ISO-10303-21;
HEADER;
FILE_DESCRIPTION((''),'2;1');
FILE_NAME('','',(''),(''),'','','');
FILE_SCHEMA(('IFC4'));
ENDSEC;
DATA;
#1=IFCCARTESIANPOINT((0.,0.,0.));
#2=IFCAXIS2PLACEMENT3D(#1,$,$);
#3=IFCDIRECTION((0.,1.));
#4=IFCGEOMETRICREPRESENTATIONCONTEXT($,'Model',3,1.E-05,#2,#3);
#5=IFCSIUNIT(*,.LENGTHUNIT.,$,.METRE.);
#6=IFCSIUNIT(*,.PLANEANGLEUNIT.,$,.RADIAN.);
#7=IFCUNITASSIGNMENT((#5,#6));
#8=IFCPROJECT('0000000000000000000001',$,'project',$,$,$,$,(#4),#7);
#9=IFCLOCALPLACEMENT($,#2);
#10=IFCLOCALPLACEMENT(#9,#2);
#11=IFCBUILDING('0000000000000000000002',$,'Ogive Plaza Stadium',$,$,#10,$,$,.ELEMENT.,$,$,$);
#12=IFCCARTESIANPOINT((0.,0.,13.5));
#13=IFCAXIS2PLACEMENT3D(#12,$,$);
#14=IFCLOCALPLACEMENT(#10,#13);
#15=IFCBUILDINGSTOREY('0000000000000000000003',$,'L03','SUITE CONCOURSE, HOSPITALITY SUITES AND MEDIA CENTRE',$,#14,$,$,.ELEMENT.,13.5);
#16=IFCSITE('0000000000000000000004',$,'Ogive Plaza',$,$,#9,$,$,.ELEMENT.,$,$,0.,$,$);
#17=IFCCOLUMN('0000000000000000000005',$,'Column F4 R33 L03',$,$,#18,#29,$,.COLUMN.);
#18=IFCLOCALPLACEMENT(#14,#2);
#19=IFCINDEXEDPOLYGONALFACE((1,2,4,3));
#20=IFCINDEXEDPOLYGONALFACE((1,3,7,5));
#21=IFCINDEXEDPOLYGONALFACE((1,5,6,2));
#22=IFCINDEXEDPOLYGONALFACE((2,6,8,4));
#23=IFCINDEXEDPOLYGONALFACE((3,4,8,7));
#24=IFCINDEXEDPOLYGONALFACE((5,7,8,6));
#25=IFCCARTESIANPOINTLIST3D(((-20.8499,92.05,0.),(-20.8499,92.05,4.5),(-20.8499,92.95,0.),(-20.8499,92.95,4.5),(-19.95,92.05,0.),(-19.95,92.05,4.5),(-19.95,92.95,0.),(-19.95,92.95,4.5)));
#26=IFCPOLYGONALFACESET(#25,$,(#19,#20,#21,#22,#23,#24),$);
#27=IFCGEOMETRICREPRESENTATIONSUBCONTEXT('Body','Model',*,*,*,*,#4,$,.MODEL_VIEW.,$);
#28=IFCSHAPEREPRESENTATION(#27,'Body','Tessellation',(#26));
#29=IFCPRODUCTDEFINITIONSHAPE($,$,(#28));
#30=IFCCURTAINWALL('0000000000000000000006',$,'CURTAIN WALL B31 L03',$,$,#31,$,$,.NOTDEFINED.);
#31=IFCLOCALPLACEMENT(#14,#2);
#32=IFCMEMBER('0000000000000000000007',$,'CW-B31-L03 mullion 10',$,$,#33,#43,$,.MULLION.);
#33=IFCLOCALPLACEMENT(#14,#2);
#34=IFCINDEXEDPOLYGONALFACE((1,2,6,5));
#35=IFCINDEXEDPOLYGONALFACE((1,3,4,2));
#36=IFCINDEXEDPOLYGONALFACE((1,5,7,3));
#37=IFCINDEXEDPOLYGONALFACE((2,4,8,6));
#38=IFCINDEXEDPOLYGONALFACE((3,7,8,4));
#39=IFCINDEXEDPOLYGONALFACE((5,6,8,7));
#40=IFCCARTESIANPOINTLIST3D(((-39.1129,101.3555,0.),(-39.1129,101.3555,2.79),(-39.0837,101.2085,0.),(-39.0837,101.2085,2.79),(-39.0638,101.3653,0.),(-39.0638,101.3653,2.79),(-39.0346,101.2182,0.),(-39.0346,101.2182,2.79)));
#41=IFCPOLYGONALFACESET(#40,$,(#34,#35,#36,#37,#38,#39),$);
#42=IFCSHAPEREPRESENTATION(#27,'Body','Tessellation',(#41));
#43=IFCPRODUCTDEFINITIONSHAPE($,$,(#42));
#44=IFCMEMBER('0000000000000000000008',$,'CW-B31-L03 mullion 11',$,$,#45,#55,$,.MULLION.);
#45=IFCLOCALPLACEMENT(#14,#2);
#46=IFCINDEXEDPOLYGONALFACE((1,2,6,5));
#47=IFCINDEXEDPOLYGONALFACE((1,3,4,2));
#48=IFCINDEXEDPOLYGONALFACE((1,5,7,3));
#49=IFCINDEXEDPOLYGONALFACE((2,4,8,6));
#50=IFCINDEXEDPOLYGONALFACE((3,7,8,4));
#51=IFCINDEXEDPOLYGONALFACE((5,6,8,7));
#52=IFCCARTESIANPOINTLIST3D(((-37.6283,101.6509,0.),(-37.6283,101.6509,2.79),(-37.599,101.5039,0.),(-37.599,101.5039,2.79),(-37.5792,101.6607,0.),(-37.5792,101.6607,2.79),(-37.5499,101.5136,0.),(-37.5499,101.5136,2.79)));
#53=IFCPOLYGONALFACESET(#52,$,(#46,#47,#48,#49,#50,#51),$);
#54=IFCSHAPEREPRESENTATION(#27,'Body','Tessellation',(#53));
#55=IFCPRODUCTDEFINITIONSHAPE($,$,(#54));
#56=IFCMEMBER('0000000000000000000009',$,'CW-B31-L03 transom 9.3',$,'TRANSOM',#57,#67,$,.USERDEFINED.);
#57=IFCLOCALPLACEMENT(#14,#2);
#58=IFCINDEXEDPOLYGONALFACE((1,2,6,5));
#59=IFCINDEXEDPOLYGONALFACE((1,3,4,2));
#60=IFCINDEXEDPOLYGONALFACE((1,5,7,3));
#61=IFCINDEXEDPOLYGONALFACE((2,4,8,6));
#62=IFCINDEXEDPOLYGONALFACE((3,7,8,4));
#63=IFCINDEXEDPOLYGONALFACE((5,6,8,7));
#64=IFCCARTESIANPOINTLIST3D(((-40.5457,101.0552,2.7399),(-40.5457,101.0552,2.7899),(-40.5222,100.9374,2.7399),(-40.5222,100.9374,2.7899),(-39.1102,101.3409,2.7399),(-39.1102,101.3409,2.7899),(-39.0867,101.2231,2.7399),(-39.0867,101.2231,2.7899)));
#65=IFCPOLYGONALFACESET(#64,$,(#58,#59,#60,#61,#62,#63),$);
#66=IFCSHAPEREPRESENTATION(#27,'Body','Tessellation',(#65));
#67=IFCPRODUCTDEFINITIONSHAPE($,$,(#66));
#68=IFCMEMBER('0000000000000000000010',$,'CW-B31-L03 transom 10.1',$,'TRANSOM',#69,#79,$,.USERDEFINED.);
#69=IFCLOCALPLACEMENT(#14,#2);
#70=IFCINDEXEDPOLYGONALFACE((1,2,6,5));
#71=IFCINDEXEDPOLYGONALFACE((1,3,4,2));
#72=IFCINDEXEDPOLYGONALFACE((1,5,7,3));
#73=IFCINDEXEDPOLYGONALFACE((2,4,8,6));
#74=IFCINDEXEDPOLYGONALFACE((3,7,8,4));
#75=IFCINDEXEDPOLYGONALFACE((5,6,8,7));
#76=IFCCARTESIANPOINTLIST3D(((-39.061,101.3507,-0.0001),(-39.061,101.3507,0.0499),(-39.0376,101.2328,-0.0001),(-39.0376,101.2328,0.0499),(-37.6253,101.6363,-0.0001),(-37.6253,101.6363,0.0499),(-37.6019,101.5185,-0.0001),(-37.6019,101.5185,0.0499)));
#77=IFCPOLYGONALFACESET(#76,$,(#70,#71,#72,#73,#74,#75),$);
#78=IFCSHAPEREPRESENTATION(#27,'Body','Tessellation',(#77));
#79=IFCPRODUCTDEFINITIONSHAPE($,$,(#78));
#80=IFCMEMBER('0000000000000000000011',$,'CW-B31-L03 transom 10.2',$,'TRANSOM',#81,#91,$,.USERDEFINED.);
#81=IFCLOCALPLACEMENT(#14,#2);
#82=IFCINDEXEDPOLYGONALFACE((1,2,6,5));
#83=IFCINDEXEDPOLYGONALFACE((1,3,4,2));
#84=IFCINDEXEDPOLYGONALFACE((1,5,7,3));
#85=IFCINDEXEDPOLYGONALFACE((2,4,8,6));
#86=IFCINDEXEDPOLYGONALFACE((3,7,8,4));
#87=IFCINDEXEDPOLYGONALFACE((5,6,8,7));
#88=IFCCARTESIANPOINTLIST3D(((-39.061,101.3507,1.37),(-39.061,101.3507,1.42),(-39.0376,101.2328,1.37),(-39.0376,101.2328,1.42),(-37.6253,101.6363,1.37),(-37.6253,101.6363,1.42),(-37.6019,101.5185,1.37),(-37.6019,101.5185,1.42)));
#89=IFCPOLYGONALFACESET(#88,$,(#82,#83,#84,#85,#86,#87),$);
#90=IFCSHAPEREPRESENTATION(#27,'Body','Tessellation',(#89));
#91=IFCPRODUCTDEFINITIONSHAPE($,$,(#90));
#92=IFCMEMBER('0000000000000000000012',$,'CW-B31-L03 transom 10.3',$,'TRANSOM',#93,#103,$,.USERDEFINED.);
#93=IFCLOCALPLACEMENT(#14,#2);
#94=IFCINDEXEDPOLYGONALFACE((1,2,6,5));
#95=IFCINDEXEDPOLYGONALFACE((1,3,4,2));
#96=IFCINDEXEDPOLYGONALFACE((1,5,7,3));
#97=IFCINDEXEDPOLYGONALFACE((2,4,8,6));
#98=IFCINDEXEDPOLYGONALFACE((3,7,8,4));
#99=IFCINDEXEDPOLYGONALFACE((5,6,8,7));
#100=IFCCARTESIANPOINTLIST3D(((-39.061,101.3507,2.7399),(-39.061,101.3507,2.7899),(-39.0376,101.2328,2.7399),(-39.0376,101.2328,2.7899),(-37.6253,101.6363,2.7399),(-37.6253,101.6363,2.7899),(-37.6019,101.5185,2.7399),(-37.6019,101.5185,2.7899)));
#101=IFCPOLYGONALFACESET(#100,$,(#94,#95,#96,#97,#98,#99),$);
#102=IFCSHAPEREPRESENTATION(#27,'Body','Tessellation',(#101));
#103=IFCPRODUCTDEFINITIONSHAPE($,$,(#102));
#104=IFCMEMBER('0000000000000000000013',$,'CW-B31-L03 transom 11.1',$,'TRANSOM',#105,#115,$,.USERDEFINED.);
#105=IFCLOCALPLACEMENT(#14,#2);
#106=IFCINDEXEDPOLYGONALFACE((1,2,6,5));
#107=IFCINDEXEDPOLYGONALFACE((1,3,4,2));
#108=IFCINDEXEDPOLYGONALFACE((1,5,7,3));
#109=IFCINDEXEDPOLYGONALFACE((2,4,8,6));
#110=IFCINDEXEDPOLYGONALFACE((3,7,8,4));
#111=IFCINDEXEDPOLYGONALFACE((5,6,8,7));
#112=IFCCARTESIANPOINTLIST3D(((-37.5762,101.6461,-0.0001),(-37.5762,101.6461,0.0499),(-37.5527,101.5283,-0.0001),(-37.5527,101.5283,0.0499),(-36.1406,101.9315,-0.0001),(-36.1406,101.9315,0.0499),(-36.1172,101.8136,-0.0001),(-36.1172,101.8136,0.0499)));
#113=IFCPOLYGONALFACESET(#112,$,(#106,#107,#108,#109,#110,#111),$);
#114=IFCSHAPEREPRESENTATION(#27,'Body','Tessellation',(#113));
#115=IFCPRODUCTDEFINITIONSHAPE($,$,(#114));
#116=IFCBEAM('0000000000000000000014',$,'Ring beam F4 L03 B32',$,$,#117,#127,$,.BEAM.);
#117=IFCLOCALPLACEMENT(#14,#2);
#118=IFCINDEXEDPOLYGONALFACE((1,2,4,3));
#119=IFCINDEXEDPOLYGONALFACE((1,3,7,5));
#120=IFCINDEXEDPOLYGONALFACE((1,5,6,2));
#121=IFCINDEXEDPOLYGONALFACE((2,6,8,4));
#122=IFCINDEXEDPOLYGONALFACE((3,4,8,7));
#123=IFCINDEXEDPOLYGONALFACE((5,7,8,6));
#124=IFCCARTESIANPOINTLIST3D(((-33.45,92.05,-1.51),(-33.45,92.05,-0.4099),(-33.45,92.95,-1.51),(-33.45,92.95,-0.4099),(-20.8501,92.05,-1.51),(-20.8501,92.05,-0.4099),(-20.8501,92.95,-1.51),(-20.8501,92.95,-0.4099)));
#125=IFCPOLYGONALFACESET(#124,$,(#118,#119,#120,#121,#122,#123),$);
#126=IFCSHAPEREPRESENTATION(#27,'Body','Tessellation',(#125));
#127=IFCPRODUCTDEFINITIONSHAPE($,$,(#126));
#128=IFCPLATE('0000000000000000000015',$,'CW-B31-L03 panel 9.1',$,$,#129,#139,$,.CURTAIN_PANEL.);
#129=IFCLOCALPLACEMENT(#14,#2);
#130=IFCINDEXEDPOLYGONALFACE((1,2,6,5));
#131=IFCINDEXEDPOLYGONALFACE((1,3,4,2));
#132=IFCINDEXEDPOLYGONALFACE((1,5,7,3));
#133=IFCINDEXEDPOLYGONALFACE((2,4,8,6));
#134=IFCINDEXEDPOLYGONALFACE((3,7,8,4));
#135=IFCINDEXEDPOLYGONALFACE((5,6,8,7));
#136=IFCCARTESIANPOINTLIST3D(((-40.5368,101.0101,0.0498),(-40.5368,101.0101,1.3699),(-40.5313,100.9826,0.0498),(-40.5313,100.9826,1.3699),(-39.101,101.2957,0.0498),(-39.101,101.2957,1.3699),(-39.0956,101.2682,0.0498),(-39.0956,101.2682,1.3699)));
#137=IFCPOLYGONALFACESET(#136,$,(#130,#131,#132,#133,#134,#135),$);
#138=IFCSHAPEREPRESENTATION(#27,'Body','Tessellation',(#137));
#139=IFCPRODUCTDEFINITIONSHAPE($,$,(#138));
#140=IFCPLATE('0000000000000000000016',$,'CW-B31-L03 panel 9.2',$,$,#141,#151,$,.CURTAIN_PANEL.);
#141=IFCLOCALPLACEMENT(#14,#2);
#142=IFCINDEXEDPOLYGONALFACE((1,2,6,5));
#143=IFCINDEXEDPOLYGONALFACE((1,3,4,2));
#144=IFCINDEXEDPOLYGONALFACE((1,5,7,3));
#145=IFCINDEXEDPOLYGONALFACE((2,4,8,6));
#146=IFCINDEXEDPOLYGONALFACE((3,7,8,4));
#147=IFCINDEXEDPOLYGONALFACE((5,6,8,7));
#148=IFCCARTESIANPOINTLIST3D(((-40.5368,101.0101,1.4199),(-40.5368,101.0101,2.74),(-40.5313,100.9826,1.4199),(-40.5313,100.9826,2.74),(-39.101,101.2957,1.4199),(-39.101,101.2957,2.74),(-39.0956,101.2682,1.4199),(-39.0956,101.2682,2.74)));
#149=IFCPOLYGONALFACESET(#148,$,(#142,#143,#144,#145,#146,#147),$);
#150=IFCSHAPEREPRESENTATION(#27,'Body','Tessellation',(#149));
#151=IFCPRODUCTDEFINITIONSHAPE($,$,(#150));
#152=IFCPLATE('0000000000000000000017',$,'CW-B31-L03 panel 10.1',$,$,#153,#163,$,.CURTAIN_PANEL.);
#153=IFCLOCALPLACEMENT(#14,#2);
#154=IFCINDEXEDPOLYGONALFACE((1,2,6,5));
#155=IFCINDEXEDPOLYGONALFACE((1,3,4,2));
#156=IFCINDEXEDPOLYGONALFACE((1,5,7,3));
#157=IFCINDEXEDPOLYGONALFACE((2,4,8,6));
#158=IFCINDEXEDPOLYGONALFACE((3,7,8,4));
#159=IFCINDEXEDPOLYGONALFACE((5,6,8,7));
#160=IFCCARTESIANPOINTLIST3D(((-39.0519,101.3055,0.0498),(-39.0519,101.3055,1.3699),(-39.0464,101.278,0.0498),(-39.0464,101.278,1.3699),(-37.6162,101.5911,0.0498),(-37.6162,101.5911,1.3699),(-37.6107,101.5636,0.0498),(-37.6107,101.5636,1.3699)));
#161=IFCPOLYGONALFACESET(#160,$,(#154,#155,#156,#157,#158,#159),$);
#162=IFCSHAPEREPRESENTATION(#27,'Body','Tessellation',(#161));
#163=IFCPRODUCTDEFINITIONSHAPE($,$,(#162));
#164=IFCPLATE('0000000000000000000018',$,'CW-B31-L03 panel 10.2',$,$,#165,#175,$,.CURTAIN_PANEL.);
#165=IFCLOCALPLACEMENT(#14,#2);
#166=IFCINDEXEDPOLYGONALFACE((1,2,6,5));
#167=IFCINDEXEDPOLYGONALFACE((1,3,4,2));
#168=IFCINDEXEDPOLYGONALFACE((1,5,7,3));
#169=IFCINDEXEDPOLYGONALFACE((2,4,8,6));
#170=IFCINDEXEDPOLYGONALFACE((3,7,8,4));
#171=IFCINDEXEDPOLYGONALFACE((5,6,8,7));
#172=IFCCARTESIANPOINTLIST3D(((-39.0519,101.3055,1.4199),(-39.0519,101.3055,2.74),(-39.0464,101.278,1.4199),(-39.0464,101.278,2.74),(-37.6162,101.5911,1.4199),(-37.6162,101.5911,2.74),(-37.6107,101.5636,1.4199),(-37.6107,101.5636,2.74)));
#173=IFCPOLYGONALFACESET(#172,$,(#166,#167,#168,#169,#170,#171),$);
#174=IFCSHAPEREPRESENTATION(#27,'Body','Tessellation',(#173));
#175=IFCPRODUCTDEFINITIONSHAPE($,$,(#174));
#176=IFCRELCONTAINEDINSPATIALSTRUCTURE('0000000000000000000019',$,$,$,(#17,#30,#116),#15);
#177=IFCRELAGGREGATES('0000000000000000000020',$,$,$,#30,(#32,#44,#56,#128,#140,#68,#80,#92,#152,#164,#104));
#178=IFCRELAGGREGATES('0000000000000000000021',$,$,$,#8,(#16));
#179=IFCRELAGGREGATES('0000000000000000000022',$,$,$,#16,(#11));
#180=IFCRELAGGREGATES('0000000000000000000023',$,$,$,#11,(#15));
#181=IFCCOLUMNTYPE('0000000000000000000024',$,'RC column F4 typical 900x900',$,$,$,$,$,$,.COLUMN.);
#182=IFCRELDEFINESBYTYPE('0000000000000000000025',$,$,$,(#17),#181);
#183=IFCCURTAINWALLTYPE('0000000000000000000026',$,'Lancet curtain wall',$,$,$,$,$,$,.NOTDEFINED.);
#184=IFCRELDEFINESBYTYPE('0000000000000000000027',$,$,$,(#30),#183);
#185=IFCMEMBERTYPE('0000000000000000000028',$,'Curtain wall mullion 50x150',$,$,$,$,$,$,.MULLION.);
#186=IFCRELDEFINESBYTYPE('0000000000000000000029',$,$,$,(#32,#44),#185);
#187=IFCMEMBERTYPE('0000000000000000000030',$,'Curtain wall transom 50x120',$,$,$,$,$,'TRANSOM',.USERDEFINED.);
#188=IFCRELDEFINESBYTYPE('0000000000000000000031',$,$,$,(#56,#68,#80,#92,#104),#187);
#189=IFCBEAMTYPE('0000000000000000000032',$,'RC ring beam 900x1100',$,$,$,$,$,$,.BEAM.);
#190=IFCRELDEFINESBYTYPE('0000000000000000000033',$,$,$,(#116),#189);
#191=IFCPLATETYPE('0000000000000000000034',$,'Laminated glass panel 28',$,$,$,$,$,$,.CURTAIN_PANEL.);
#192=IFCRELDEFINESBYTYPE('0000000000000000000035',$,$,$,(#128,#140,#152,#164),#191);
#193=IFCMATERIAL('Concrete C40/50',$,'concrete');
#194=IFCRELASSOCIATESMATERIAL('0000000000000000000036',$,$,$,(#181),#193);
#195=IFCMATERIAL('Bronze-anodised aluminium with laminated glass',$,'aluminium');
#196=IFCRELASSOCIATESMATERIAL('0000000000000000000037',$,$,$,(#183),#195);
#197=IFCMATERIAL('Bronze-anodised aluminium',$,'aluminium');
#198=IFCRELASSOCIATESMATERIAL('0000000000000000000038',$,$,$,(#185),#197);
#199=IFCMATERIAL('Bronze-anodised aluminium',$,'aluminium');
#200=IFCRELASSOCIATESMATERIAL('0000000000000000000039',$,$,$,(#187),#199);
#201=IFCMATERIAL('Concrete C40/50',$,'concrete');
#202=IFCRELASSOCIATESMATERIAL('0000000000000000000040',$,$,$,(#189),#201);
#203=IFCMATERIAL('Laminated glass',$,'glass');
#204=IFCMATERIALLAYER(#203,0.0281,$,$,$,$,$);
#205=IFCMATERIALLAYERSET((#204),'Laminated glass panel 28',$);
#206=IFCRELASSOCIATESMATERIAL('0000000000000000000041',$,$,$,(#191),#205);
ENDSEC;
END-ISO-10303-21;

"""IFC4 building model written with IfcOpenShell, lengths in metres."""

from ifc_helpers import new_model, si_unit, direction, frame, origin, origin_2d, place, context, subcontext, project, spatial, rectangle, extrude, material, layer, layer_set, material_profile, profile_set, type_object, element, aggregate, save


model = new_model("IFC4")

# Units and contexts
model_context = context("Model", 3, precision=1e-05, world=origin(), true_north=direction((0.0, 1.0)))
body_context = subcontext(model_context, "Body", "Model", "MODEL_VIEW")
ifc_project = project(units=[si_unit("LENGTHUNIT", "METRE"), si_unit("PLANEANGLEUNIT", "RADIAN")], contexts=[model_context])

# Site, building, storey
site_placement = place(None, origin())
site = spatial("IfcSite", under=ifc_project, at=site_placement, Name="Ogive Plaza", CompositionType="ELEMENT", RefElevation=0.0)
building_placement = place(site_placement, origin())
building = spatial("IfcBuilding", under=site, at=building_placement, Name="Ogive Plaza Stadium", CompositionType="ELEMENT")
storey_placement = place(building_placement, frame((0.0, 0.0, 13.5)))
storey = spatial("IfcBuildingStorey", under=building, at=storey_placement, Name="L03", Description="SUITE CONCOURSE, HOSPITALITY SUITES AND MEDIA CENTRE", CompositionType="ELEMENT", Elevation=13.5)

# Column
ifc_material_1 = material(Name="Concrete C40/50", Category="concrete")
ifc_material_profile_1 = material_profile(ifc_material_1, rectangle(XDim=0.8999, YDim=0.8999, at=origin_2d()), Name="RC 900x900")
ifc_profile_set_1 = profile_set([ifc_material_profile_1], Name="Concrete C40/50")
column_type = type_object("IfcColumnType", Name="RC column F4 typical 900x900", PredefinedType="COLUMN", material=ifc_profile_set_1)
column_placement = place(storey_placement, frame((-20.3999, 92.5, 0.0), z_axis=(0.0, 0.0, 1.0), x_axis=(-1.0, 0.0, 0.0)))
element("IfcColumn", 1, at=column_placement, inside=storey, type_object=column_type, Name="Column F4 R33 L03", PredefinedType="COLUMN", context=body_context, shape_type="SweptSolid", body=[
    extrude(rectangle(XDim=0.8999, YDim=0.8999, at=origin_2d()), origin(), (0.0, 0.0, 1.0), 4.5),
])

# Curtain wall, members
ifc_material_2 = material(Name="Bronze-anodised aluminium with laminated glass", Category="aluminium")
curtain_wall_type = type_object("IfcCurtainWallType", Name="Lancet curtain wall", PredefinedType="NOTDEFINED", material=ifc_material_2)
curtain_wall_placement = place(storey_placement, origin())
curtain_wall = element("IfcCurtainWall", 2, at=curtain_wall_placement, inside=storey, type_object=curtain_wall_type, Name="CURTAIN WALL B31 L03", PredefinedType="NOTDEFINED")
ifc_material_3 = material(Name="Bronze-anodised aluminium", Category="aluminium")
ifc_material_profile_2 = material_profile(ifc_material_3, rectangle(XDim=0.1499, YDim=0.05, at=origin_2d()), Name="AL 150x50")
ifc_profile_set_2 = profile_set([ifc_material_profile_2], Name="Bronze-anodised aluminium")
member_type_1 = type_object("IfcMemberType", Name="Curtain wall mullion 50x150", PredefinedType="MULLION", material=ifc_profile_set_2)
member_1_placement = place(storey_placement, frame((-39.0737, 101.2869, 0.0), z_axis=(0.0, 0.0, 1.0), x_axis=(-0.19509, 0.980785, 0.0)))
member_1 = element("IfcMember", 3, at=member_1_placement, type_object=member_type_1, Name="CW-B31-L03 mullion 10", PredefinedType="MULLION", context=body_context, shape_type="SweptSolid", body=[
    extrude(rectangle(XDim=0.1499, YDim=0.05, at=origin_2d()), origin(), (0.0, 0.0, 1.0), 2.79),
])
member_2_placement = place(storey_placement, frame((-37.5891, 101.5823, 0.0), z_axis=(0.0, 0.0, 1.0), x_axis=(-0.19509, 0.980785, 0.0)))
member_2 = element("IfcMember", 4, at=member_2_placement, type_object=member_type_1, Name="CW-B31-L03 mullion 11", PredefinedType="MULLION", context=body_context, shape_type="SweptSolid", body=[
    extrude(rectangle(XDim=0.1499, YDim=0.05, at=origin_2d()), origin(), (0.0, 0.0, 1.0), 2.79),
])
ifc_material_4 = material(Name="Bronze-anodised aluminium", Category="aluminium")
ifc_material_profile_3 = material_profile(ifc_material_4, rectangle(XDim=0.1201, YDim=0.05, at=origin_2d()), Name="AL 120x50")
ifc_profile_set_3 = profile_set([ifc_material_profile_3], Name="Bronze-anodised aluminium")
member_type_2 = type_object("IfcMemberType", Name="Curtain wall transom 50x120", ElementType="TRANSOM", PredefinedType="USERDEFINED", material=ifc_profile_set_3)
member_3_placement = place(storey_placement, frame((-40.5339, 100.9963, 2.7649), z_axis=(0.980773, 0.195154, 0.0), x_axis=(-0.195154, 0.980773, 0.0)))
member_3 = element("IfcMember", 5, at=member_3_placement, type_object=member_type_2, Name="CW-B31-L03 transom 9.3", ObjectType="TRANSOM", PredefinedType="USERDEFINED", context=body_context, shape_type="SweptSolid", body=[
    extrude(rectangle(XDim=0.1201, YDim=0.05, at=origin_2d()), origin(), (0.0, 0.0, 1.0), 1.4636),
])
member_4_placement = place(storey_placement, frame((-39.0493, 101.2917, 0.0249), z_axis=(0.980779, 0.195122, 0.0), x_axis=(-0.195122, 0.980779, 0.0)))
member_4 = element("IfcMember", 6, at=member_4_placement, type_object=member_type_2, Name="CW-B31-L03 transom 10.1", ObjectType="TRANSOM", PredefinedType="USERDEFINED", context=body_context, shape_type="SweptSolid", body=[
    extrude(rectangle(XDim=0.1201, YDim=0.05, at=origin_2d()), origin(), (0.0, 0.0, 1.0), 1.4639),
])
member_5_placement = place(storey_placement, frame((-39.0493, 101.2917, 1.395), z_axis=(0.980779, 0.195122, 0.0), x_axis=(-0.195122, 0.980779, 0.0)))
member_5 = element("IfcMember", 7, at=member_5_placement, type_object=member_type_2, Name="CW-B31-L03 transom 10.2", ObjectType="TRANSOM", PredefinedType="USERDEFINED", context=body_context, shape_type="SweptSolid", body=[
    extrude(rectangle(XDim=0.1201, YDim=0.05, at=origin_2d()), origin(), (0.0, 0.0, 1.0), 1.4639),
])
member_6_placement = place(storey_placement, frame((-39.0493, 101.2917, 2.7649), z_axis=(0.980779, 0.195122, 0.0), x_axis=(-0.195122, 0.980779, 0.0)))
member_6 = element("IfcMember", 8, at=member_6_placement, type_object=member_type_2, Name="CW-B31-L03 transom 10.3", ObjectType="TRANSOM", PredefinedType="USERDEFINED", context=body_context, shape_type="SweptSolid", body=[
    extrude(rectangle(XDim=0.1201, YDim=0.05, at=origin_2d()), origin(), (0.0, 0.0, 1.0), 1.4639),
])
member_7_placement = place(storey_placement, frame((-37.5645, 101.5872, 0.0249), z_axis=(0.980805, 0.194993, 0.0), x_axis=(-0.194993, 0.980805, 0.0)))
member_7 = element("IfcMember", 9, at=member_7_placement, type_object=member_type_2, Name="CW-B31-L03 transom 11.1", ObjectType="TRANSOM", PredefinedType="USERDEFINED", context=body_context, shape_type="SweptSolid", body=[
    extrude(rectangle(XDim=0.1201, YDim=0.05, at=origin_2d()), origin(), (0.0, 0.0, 1.0), 1.4636),
])

# Beam
ifc_material_5 = material(Name="Concrete C40/50", Category="concrete")
ifc_material_profile_4 = material_profile(ifc_material_5, rectangle(XDim=0.8999, YDim=1.1001, at=origin_2d()), Name="RC 900x1100")
ifc_profile_set_4 = profile_set([ifc_material_profile_4], Name="Concrete C40/50")
beam_type = type_object("IfcBeamType", Name="RC ring beam 900x1100", PredefinedType="BEAM", material=ifc_profile_set_4)
beam_placement = place(storey_placement, frame((-33.45, 92.5, -0.96), z_axis=(1.0, 0.0, 0.0), x_axis=(0.0, 1.0, 0.0)))
element("IfcBeam", 10, at=beam_placement, inside=storey, type_object=beam_type, Name="Ring beam F4 L03 B32", PredefinedType="BEAM", context=body_context, shape_type="SweptSolid", body=[
    extrude(rectangle(XDim=0.8999, YDim=1.1001, at=origin_2d()), origin(), (0.0, 0.0, 1.0), 12.5999),
])

# Plates
ifc_material_6 = material(Name="Laminated glass", Category="glass")
ifc_layer_1 = layer(ifc_material_6, 0.0281)
ifc_layer_set_1 = layer_set([ifc_layer_1], Name="Laminated glass panel 28")
plate_type = type_object("IfcPlateType", Name="Laminated glass panel 28", PredefinedType="CURTAIN_PANEL", material=ifc_layer_set_1)
plate_1_placement = place(storey_placement, frame((-39.8162, 101.1392, 0.0498), z_axis=(0.0, 0.0, 1.0), x_axis=(0.980785, 0.19509, 0.0)))
plate_1 = element("IfcPlate", 11, at=plate_1_placement, type_object=plate_type, Name="CW-B31-L03 panel 9.1", PredefinedType="CURTAIN_PANEL", context=body_context, shape_type="SweptSolid", body=[
    extrude(rectangle(XDim=1.4639, YDim=0.0281, at=origin_2d()), origin(), (0.0, 0.0, 1.0), 1.3201),
])
plate_2_placement = place(storey_placement, frame((-39.8162, 101.1392, 1.4199), z_axis=(0.0, 0.0, 1.0), x_axis=(0.980785, 0.19509, 0.0)))
plate_2 = element("IfcPlate", 12, at=plate_2_placement, type_object=plate_type, Name="CW-B31-L03 panel 9.2", PredefinedType="CURTAIN_PANEL", context=body_context, shape_type="SweptSolid", body=[
    extrude(rectangle(XDim=1.4639, YDim=0.0281, at=origin_2d()), origin(), (0.0, 0.0, 1.0), 1.3201),
])
plate_3_placement = place(storey_placement, frame((-38.3313, 101.4346, 0.0498), z_axis=(0.0, 0.0, 1.0), x_axis=(0.980785, 0.19509, 0.0)))
plate_3 = element("IfcPlate", 13, at=plate_3_placement, type_object=plate_type, Name="CW-B31-L03 panel 10.1", PredefinedType="CURTAIN_PANEL", context=body_context, shape_type="SweptSolid", body=[
    extrude(rectangle(XDim=1.4639, YDim=0.0281, at=origin_2d()), origin(), (0.0, 0.0, 1.0), 1.3201),
])
plate_4_placement = place(storey_placement, frame((-38.3313, 101.4346, 1.4199), z_axis=(0.0, 0.0, 1.0), x_axis=(0.980785, 0.19509, 0.0)))
plate_4 = element("IfcPlate", 14, at=plate_4_placement, type_object=plate_type, Name="CW-B31-L03 panel 10.2", PredefinedType="CURTAIN_PANEL", context=body_context, shape_type="SweptSolid", body=[
    extrude(rectangle(XDim=1.4639, YDim=0.0281, at=origin_2d()), origin(), (0.0, 0.0, 1.0), 1.3201),
])
aggregate(curtain_wall, [member_1, member_2, member_3, plate_1, plate_2, member_4, member_5, member_6, plate_3, plate_4, member_7])

save(model, "model.ifc")
